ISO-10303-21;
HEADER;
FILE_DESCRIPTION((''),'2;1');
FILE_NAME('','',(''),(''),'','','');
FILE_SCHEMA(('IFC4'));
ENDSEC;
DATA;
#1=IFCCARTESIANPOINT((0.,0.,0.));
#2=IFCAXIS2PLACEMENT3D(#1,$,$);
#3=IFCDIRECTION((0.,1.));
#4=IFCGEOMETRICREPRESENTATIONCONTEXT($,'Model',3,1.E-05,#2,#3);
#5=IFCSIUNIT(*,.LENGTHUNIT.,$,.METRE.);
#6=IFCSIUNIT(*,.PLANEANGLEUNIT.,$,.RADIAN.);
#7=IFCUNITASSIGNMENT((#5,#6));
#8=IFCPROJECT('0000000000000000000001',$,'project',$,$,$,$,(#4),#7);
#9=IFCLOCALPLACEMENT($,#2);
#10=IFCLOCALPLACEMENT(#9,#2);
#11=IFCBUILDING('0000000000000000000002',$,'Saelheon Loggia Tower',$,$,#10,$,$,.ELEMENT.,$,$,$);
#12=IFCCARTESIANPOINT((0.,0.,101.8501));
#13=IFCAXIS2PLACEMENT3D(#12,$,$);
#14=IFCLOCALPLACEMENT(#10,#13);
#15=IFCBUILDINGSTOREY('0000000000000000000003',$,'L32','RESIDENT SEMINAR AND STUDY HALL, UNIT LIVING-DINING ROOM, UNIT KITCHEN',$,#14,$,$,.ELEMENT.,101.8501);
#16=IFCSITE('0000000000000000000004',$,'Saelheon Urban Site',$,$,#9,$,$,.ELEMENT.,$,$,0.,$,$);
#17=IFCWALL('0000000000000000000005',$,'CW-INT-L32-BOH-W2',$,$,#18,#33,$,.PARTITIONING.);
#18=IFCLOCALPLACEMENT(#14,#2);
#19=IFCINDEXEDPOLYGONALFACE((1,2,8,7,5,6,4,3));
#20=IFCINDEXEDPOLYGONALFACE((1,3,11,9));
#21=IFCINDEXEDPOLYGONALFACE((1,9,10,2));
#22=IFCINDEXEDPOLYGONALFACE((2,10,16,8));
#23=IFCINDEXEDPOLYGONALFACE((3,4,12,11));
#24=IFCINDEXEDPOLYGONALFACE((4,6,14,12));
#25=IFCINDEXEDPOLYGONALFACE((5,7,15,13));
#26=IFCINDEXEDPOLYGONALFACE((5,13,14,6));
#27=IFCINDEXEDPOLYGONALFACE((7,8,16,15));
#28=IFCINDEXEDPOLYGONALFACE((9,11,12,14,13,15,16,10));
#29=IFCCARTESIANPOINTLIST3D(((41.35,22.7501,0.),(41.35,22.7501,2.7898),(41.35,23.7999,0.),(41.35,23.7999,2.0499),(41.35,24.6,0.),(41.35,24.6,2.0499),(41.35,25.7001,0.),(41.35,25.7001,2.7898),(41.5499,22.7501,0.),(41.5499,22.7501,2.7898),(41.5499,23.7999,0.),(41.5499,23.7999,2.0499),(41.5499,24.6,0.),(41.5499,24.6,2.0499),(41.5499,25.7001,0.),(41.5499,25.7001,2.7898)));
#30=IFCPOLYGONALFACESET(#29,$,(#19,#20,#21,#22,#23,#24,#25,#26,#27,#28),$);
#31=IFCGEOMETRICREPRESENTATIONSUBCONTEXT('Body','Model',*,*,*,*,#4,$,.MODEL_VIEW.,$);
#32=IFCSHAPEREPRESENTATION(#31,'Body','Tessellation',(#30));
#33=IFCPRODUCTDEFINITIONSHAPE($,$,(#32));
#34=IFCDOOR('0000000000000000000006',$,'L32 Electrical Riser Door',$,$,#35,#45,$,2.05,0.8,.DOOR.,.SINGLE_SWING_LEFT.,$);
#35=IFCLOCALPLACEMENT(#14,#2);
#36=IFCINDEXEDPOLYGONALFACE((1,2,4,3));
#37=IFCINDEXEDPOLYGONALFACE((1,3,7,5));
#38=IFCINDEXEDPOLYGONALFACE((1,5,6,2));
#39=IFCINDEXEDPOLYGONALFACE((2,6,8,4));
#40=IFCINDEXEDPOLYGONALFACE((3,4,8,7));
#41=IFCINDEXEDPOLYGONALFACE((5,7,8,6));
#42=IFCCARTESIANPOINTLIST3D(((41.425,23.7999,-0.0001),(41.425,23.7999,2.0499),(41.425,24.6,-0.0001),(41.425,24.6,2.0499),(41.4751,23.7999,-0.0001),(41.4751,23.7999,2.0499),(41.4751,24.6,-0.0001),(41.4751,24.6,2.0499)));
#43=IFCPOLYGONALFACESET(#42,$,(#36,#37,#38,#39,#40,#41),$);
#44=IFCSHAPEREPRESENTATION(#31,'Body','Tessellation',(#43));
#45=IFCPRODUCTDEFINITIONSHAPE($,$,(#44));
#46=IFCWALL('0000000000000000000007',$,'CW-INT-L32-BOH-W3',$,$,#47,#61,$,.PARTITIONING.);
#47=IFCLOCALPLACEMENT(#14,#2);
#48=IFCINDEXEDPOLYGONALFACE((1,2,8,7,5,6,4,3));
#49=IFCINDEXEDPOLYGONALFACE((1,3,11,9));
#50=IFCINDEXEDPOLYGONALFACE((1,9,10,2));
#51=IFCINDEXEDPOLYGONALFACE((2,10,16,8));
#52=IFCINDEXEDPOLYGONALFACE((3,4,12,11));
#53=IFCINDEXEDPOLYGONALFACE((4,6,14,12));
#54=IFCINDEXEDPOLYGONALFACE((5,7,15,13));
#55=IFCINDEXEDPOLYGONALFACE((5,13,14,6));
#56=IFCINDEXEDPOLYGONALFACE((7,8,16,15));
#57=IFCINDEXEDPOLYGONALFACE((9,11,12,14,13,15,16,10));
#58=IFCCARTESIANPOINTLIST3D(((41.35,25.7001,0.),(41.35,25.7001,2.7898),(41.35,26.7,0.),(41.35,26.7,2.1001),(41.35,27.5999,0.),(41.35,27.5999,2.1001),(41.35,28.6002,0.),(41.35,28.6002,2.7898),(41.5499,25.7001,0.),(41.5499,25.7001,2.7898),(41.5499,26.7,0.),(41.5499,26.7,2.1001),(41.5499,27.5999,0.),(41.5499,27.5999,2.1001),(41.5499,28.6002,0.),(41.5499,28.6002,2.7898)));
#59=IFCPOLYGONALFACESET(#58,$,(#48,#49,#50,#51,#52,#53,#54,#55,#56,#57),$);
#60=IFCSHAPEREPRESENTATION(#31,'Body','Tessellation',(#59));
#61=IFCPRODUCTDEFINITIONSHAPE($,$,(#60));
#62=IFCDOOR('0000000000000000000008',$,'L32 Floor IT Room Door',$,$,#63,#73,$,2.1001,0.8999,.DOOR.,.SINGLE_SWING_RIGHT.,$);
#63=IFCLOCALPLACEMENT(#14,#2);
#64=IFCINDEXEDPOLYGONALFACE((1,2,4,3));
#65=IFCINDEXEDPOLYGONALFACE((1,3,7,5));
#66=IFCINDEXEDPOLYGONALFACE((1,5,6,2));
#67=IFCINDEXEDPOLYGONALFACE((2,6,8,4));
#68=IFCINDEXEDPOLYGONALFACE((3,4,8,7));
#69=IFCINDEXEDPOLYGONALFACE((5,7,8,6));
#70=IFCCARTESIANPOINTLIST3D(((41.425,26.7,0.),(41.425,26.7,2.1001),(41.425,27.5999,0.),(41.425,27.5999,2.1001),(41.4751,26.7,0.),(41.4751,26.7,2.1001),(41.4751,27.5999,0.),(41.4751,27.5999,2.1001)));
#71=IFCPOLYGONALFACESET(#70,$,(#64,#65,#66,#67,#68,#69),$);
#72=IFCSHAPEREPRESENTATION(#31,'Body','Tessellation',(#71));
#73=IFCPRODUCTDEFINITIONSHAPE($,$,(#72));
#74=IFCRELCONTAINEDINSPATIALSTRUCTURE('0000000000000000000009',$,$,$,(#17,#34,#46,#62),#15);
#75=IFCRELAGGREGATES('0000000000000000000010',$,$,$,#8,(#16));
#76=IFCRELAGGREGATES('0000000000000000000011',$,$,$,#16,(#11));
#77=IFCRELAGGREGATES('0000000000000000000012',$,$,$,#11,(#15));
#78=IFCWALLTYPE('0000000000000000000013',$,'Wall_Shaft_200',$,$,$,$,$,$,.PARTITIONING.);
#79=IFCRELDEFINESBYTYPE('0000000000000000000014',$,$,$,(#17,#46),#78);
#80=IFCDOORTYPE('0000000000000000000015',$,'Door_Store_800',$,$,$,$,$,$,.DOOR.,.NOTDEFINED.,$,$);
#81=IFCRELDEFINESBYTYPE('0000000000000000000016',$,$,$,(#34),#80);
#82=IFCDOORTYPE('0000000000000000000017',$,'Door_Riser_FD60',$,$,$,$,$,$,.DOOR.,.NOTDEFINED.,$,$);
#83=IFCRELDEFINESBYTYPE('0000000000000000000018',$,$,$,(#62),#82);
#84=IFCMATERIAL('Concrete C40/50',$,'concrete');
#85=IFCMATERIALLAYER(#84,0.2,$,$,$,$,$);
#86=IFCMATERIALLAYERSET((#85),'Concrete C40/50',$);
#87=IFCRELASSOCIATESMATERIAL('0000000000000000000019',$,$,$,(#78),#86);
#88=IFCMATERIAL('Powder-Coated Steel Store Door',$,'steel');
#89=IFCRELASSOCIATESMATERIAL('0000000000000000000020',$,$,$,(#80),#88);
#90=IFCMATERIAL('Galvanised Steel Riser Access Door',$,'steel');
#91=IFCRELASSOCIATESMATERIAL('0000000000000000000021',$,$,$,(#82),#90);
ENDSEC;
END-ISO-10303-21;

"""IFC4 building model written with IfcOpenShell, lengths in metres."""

from ifc_helpers import new_model, si_unit, direction, frame, frame_2d, origin, place, context, subcontext, project, spatial, rectangle, extrude, source, transform, mapped, material, layer, layer_set, type_object, element, fill, save


model = new_model("IFC4")

# Units and contexts
model_context = context("Model", 3, precision=1e-05, world=origin(), true_north=direction((0.0, 1.0)))
body_context = subcontext(model_context, "Body", "Model", "MODEL_VIEW")
ifc_project = project(units=[si_unit("LENGTHUNIT", "METRE"), si_unit("PLANEANGLEUNIT", "RADIAN")], contexts=[model_context])

# Site, building, storey
site_placement = place(None, origin())
site = spatial("IfcSite", under=ifc_project, at=site_placement, Name="Saelheon Urban Site", CompositionType="ELEMENT", RefElevation=0.0)
building_placement = place(site_placement, origin())
building = spatial("IfcBuilding", under=site, at=building_placement, Name="Saelheon Loggia Tower", CompositionType="ELEMENT")
storey_placement = place(building_placement, frame((0.0, 0.0, 101.8501)))
storey = spatial("IfcBuildingStorey", under=building, at=storey_placement, Name="L32", Description="RESIDENT SEMINAR AND STUDY HALL, UNIT LIVING-DINING ROOM, UNIT KITCHEN", CompositionType="ELEMENT", Elevation=101.8501)

# Shared definitions
ifc_material_1 = material(Name="Concrete C40/50", Category="concrete")

# Shared definitions
ifc_layer_1 = layer(ifc_material_1, 0.2)
ifc_layer_set_1 = layer_set([ifc_layer_1], Name="Concrete C40/50")
wall_type_1 = type_object("IfcWallType", Name="Wall_Shaft_200", PredefinedType="PARTITIONING", material=ifc_layer_set_1)

# Walls, openings, doors
ifc_material_2 = material(Name="Powder-Coated Steel Store Door", Category="steel")
door_type_1 = type_object("IfcDoorType", Name="Door_Store_800", OperationType="NOTDEFINED", PredefinedType="DOOR", material=ifc_material_2)
shared_shape_1 = source(origin(), body_context, "Body", "SweptSolid", [
    extrude(rectangle(XDim=0.8, YDim=2.05, at=frame_2d((0.3999, 1.0249))), frame((0.0, 0.0249, 0.0), z_axis=(0.0, -1.0, 0.0), x_axis=(1.0, 0.0, 0.0)), (0.0, 0.0, 1.0), 0.05),
])
wall_1_placement = place(storey_placement, frame((41.45, 22.75, 0.0), z_axis=(0.0, 0.0, 1.0), x_axis=(0.0, 1.0, 0.0)))
wall_1 = element("IfcWall", 1, at=wall_1_placement, inside=storey, type_object=wall_type_1, Name="CW-INT-L32-BOH-W2", PredefinedType="PARTITIONING", context=body_context, shape_type="SweptSolid", body=[
    extrude(rectangle(XDim=2.95, YDim=0.2, at=frame_2d((1.4751, 0.0))), origin(), (0.0, 0.0, 1.0), 2.7898),
])
opening_1_placement = place(wall_1_placement, frame((1.05, 0.0, 0.0)))
opening_1 = element("IfcOpeningElement", 2, at=opening_1_placement, cuts=wall_1, PredefinedType="OPENING", context=body_context, shape_type="SweptSolid", body=[
    extrude(rectangle(XDim=0.8, YDim=2.05, at=frame_2d((0.3999, 1.0249))), frame((0.0, 0.1121, 0.0), z_axis=(0.0, -1.0, 0.0), x_axis=(1.0, 0.0, 0.0)), (0.0, 0.0, 1.0), 0.2239),
])
door_1_placement = place(opening_1_placement, origin())
door_1 = element("IfcDoor", 3, at=door_1_placement, inside=storey, type_object=door_type_1, Name="L32 Electrical Riser Door", OperationType="SINGLE_SWING_LEFT", OverallHeight=2.05, OverallWidth=0.8, PredefinedType="DOOR", context=body_context, shape_type="MappedRepresentation", body=[
    mapped(shared_shape_1, transform((0.0, 0.0, 0.0), scale=1.0)),
])
fill(opening_1, door_1)
wall_2_placement = place(storey_placement, frame((41.45, 25.7, 0.0), z_axis=(0.0, 0.0, 1.0), x_axis=(0.0, 1.0, 0.0)))
wall_2 = element("IfcWall", 4, at=wall_2_placement, inside=storey, type_object=wall_type_1, Name="CW-INT-L32-BOH-W3", PredefinedType="PARTITIONING", context=body_context, shape_type="SweptSolid", body=[
    extrude(rectangle(XDim=2.9001, YDim=0.2, at=frame_2d((1.4502, 0.0))), origin(), (0.0, 0.0, 1.0), 2.7898),
])
opening_2_placement = place(wall_2_placement, frame((1.0, 0.0, 0.0)))
opening_2 = element("IfcOpeningElement", 5, at=opening_2_placement, cuts=wall_2, PredefinedType="OPENING", context=body_context, shape_type="SweptSolid", body=[
    extrude(rectangle(XDim=0.8999, YDim=2.1001, at=frame_2d((0.45, 1.05))), frame((0.0, 0.1121, 0.0), z_axis=(0.0, -1.0, 0.0), x_axis=(1.0, 0.0, 0.0)), (0.0, 0.0, 1.0), 0.2239),
])
ifc_material_3 = material(Name="Galvanised Steel Riser Access Door", Category="steel")
door_type_2 = type_object("IfcDoorType", Name="Door_Riser_FD60", OperationType="NOTDEFINED", PredefinedType="DOOR", material=ifc_material_3)
shared_shape_2 = source(origin(), body_context, "Body", "SweptSolid", [
    extrude(rectangle(XDim=0.8999, YDim=2.1001, at=frame_2d((0.45, 1.05))), frame((0.0, 0.0249, 0.0), z_axis=(0.0, -1.0, 0.0), x_axis=(1.0, 0.0, 0.0)), (0.0, 0.0, 1.0), 0.05),
])
door_2_placement = place(opening_2_placement, origin())
door_2 = element("IfcDoor", 6, at=door_2_placement, inside=storey, type_object=door_type_2, Name="L32 Floor IT Room Door", OperationType="SINGLE_SWING_RIGHT", OverallHeight=2.1001, OverallWidth=0.8999, PredefinedType="DOOR", context=body_context, shape_type="MappedRepresentation", body=[
    mapped(shared_shape_2, transform((0.0, 0.0, 0.0), scale=1.0)),
])
fill(opening_2, door_2)

save(model, "model.ifc")
